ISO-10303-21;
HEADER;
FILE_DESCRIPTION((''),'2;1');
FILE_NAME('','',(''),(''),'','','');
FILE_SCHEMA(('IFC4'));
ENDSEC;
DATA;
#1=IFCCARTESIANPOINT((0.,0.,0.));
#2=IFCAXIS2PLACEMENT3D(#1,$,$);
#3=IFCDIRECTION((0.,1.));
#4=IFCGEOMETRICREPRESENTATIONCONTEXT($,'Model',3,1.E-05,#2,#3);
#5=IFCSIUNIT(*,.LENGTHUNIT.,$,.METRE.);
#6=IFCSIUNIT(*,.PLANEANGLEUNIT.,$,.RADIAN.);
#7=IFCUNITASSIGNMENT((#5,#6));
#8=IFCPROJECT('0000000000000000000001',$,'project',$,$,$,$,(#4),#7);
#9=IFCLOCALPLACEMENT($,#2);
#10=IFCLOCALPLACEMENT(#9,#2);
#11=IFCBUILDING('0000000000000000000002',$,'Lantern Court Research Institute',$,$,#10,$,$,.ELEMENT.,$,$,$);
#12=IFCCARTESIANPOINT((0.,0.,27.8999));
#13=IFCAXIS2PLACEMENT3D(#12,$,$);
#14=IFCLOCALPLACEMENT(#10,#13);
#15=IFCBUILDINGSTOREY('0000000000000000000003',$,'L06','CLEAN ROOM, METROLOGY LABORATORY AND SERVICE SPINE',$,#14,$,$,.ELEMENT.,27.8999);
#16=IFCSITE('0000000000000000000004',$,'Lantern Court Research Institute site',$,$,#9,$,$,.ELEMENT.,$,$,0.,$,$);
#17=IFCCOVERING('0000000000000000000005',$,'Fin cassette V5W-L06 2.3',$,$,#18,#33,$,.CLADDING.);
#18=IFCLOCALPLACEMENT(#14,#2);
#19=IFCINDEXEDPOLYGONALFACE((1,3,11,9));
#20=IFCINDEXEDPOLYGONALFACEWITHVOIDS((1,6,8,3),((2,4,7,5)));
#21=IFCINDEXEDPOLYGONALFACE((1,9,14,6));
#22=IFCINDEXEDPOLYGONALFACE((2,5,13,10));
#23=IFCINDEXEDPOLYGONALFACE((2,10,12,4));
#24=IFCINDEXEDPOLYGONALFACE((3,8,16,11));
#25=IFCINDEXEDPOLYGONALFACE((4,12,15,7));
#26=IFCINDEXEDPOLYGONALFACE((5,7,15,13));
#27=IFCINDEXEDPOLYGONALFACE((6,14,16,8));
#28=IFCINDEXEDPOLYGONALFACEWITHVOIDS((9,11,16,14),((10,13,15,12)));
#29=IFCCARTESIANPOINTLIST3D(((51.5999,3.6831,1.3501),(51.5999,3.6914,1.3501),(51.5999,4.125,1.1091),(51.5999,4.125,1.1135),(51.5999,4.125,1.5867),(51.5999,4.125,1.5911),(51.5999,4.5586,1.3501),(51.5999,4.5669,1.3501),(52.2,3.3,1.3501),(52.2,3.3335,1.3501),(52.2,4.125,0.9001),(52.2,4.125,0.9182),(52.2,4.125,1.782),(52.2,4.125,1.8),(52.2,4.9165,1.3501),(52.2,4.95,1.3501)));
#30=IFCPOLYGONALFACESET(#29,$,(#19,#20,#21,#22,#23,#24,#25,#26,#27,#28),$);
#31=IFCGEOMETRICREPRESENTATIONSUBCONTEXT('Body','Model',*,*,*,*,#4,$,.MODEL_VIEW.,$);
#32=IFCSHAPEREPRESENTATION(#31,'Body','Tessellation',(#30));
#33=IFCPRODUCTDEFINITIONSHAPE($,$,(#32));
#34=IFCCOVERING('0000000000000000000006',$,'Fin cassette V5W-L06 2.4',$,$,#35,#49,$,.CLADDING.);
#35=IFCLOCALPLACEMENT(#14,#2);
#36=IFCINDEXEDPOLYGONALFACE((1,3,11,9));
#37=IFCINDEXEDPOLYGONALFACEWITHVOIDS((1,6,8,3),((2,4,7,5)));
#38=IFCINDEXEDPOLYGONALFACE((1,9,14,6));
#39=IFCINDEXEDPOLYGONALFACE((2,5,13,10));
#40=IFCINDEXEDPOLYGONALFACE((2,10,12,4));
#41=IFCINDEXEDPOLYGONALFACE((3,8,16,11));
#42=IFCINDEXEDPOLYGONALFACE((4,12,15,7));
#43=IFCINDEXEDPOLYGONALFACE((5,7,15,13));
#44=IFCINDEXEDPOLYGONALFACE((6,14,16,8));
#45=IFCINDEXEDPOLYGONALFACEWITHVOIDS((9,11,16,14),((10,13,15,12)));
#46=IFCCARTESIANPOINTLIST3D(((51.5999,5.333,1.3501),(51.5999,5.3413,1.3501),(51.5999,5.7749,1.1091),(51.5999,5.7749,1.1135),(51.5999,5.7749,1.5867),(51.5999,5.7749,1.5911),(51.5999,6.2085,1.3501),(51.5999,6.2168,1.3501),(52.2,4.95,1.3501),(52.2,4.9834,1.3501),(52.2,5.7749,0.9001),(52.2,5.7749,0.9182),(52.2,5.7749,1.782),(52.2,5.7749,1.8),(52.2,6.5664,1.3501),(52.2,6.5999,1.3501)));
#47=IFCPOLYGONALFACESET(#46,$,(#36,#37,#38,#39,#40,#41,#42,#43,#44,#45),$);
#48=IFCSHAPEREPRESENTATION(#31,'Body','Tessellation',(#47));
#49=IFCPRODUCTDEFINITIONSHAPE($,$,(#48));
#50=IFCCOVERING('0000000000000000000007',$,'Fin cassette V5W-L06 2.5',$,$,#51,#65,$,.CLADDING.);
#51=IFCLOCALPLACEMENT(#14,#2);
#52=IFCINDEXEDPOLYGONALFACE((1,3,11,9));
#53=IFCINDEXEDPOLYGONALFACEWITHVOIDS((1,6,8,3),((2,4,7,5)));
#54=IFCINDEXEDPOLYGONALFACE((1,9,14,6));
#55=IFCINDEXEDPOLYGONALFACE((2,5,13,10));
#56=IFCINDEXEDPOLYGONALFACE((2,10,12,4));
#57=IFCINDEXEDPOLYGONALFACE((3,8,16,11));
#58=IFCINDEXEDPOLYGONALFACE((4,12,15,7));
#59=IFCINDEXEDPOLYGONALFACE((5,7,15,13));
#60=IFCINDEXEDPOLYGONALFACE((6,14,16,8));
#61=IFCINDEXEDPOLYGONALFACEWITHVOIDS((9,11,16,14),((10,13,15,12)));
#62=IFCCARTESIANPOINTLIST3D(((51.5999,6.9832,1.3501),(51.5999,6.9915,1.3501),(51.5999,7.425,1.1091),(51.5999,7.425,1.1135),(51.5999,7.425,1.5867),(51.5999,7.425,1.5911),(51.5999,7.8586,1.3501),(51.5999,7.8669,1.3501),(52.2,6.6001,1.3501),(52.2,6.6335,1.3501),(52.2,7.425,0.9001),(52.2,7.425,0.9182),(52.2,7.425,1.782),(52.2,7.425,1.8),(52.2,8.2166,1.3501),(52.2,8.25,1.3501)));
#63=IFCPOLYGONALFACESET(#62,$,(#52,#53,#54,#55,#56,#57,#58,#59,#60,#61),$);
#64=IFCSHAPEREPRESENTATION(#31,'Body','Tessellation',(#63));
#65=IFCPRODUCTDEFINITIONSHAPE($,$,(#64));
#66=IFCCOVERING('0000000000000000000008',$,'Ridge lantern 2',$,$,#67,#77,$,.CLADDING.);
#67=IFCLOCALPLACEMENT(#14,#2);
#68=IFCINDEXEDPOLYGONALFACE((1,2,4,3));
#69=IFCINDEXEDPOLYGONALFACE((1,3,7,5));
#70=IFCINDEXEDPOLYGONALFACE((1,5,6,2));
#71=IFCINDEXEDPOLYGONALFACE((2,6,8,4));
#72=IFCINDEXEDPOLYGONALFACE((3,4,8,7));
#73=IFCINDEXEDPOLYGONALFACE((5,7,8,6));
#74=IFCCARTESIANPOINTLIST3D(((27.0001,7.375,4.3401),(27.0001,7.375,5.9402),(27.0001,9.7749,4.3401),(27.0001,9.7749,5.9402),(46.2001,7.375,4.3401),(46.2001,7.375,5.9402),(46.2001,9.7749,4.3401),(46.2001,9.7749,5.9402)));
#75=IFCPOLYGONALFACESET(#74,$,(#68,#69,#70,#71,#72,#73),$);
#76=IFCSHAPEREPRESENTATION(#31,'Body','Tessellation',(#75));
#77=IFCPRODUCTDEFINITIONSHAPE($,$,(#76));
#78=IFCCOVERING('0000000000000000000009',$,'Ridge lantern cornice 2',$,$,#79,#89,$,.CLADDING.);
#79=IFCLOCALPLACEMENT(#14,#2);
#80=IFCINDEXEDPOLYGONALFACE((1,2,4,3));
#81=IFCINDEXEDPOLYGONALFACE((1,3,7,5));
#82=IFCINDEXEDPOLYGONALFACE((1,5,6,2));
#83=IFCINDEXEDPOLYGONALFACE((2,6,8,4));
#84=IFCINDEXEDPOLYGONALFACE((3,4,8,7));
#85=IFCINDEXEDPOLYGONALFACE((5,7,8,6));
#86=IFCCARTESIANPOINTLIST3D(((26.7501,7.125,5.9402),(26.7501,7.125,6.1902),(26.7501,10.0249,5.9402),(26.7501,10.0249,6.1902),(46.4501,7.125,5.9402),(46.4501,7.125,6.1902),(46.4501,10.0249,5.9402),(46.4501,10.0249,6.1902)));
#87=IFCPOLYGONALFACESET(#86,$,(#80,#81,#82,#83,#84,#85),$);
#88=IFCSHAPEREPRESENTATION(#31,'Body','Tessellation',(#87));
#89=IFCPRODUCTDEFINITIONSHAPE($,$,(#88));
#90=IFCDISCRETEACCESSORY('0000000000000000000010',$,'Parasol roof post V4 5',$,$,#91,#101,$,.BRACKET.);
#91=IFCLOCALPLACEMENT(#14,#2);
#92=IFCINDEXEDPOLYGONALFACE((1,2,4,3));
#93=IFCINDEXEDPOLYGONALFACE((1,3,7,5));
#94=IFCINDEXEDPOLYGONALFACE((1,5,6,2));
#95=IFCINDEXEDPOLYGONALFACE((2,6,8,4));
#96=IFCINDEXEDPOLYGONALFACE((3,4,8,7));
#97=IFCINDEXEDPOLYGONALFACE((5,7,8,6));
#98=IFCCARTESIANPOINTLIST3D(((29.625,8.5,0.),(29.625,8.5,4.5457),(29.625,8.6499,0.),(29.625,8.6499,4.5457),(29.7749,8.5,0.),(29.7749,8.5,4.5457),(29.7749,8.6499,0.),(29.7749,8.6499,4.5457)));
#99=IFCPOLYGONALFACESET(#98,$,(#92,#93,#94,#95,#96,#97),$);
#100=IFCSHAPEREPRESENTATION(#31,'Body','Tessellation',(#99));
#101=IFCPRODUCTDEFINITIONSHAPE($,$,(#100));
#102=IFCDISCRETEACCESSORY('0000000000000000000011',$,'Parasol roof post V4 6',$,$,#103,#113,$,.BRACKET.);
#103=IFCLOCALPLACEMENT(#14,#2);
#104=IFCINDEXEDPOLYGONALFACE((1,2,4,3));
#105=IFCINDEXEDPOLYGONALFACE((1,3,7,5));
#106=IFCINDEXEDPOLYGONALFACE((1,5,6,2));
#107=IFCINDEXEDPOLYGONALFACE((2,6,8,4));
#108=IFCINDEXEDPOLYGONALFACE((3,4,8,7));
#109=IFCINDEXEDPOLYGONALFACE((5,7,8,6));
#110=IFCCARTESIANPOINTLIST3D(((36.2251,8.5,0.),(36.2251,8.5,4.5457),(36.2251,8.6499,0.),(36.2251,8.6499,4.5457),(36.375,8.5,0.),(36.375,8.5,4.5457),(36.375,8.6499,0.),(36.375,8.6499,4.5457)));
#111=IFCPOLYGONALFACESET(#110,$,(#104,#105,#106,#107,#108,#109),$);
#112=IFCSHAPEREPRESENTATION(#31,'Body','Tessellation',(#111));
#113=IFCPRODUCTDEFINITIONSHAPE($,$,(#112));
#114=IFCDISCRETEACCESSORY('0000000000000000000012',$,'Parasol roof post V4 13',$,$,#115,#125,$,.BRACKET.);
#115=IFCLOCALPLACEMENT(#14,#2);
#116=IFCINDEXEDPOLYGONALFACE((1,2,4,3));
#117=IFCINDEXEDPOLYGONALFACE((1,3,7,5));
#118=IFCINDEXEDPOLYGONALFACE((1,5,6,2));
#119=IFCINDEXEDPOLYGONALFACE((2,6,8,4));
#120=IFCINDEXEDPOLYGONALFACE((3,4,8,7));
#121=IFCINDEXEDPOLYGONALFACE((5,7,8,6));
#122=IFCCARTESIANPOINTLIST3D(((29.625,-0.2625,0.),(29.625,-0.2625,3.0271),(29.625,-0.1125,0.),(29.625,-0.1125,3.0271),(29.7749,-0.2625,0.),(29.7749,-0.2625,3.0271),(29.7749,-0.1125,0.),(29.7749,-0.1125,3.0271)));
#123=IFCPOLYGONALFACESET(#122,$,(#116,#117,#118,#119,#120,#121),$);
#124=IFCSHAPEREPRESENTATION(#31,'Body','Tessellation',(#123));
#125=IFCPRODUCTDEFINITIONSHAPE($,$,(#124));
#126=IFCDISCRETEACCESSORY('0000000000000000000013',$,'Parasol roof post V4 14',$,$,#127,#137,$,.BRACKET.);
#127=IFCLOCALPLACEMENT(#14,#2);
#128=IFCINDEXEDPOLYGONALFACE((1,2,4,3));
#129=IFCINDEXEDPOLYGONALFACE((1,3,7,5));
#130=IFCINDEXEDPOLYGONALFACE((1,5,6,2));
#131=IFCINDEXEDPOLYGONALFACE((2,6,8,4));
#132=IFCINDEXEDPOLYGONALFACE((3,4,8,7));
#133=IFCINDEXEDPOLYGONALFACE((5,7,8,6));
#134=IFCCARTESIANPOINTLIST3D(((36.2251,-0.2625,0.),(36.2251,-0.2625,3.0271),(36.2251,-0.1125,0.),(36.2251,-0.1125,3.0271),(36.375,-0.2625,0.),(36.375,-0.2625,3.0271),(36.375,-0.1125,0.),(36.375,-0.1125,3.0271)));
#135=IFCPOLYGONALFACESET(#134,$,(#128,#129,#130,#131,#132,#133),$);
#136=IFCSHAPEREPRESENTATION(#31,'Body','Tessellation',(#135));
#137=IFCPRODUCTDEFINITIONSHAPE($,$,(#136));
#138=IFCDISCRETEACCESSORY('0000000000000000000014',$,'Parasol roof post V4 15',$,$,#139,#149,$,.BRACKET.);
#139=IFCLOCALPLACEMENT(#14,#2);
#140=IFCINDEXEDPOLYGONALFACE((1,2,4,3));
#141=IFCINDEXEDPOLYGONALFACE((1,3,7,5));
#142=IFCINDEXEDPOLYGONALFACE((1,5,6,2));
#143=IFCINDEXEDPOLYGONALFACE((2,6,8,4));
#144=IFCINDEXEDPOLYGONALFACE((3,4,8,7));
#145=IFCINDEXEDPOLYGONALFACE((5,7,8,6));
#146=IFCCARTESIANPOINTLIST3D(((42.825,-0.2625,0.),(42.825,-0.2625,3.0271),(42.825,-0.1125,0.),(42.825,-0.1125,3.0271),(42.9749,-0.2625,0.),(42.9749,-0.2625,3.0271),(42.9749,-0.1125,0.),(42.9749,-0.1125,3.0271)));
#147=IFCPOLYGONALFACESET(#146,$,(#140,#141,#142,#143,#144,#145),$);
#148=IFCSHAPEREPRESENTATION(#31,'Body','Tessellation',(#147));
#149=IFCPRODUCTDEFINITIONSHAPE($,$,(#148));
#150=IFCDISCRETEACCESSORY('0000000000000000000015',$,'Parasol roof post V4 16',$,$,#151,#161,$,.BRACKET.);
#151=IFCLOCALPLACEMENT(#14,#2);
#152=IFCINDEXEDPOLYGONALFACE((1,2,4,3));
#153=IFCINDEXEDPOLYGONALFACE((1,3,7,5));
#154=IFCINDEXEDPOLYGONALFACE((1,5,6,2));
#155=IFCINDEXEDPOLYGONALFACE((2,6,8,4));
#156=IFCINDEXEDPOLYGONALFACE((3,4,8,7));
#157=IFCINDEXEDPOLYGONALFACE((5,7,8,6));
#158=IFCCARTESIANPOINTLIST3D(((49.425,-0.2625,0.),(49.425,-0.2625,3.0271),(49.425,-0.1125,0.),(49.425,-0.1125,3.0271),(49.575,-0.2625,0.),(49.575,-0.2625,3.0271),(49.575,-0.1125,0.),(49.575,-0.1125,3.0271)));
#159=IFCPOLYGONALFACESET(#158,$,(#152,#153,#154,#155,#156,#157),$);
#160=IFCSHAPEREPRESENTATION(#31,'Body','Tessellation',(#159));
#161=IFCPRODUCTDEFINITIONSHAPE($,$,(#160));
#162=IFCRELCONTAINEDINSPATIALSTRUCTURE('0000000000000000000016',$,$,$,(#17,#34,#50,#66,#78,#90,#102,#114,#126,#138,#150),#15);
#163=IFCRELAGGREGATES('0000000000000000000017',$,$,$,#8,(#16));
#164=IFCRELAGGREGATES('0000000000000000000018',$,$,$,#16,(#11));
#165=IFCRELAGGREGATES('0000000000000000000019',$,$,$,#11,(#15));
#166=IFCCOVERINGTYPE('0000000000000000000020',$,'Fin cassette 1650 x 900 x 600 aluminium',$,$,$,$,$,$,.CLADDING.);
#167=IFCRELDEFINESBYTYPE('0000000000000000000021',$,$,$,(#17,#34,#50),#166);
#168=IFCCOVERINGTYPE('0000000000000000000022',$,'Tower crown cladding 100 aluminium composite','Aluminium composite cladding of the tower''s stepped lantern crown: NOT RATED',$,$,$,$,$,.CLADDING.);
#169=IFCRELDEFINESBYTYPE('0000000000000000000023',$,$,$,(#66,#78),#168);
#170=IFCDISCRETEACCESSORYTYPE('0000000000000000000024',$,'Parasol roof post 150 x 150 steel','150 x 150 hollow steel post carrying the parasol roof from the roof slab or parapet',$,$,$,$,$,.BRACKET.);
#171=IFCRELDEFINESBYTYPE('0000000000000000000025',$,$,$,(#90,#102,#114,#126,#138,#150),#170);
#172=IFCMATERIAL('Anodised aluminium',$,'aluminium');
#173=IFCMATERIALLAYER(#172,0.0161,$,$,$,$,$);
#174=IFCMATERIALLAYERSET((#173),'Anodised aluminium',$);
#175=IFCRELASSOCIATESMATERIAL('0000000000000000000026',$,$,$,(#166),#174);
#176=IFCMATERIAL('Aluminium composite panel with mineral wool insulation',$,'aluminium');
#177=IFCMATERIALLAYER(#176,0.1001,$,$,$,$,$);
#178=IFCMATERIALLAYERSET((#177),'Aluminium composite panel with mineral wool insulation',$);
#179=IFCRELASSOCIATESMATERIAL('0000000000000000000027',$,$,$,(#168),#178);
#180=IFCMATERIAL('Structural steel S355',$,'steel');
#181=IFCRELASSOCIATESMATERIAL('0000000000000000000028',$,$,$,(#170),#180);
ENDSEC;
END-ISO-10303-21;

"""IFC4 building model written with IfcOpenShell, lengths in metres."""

from ifc_helpers import new_model, entity, si_unit, direction, frame, origin, origin_2d, place, context, subcontext, project, spatial, rectangle, extrude, material, layer, layer_set, type_object, element, save


model = new_model("IFC4")

# Units and contexts
model_context = context("Model", 3, precision=1e-05, world=origin(), true_north=direction((0.0, 1.0)))
body_context = subcontext(model_context, "Body", "Model", "MODEL_VIEW")
ifc_project = project(units=[si_unit("LENGTHUNIT", "METRE"), si_unit("PLANEANGLEUNIT", "RADIAN")], contexts=[model_context])

# Site, building, storey
site_placement = place(None, origin())
site = spatial("IfcSite", under=ifc_project, at=site_placement, Name="Lantern Court Research Institute site", CompositionType="ELEMENT", RefElevation=0.0)
building_placement = place(site_placement, origin())
building = spatial("IfcBuilding", under=site, at=building_placement, Name="Lantern Court Research Institute", CompositionType="ELEMENT")
storey_placement = place(building_placement, frame((0.0, 0.0, 27.8999)))
storey = spatial("IfcBuildingStorey", under=building, at=storey_placement, Name="L06", Description="CLEAN ROOM, METROLOGY LABORATORY AND SERVICE SPINE", CompositionType="ELEMENT", Elevation=27.8999)

# Coverings
ifc_material_1 = material(Name="Anodised aluminium", Category="aluminium")
ifc_layer_1 = layer(ifc_material_1, 0.0161)
ifc_layer_set_1 = layer_set([ifc_layer_1], Name="Anodised aluminium")
covering_type_1 = type_object("IfcCoveringType", Name="Fin cassette 1650 x 900 x 600 aluminium", PredefinedType="CLADDING", material=ifc_layer_set_1)
covering_1_placement = place(storey_placement, frame((52.2, 4.125, 1.3501), z_axis=(-1.0, 0.0, 0.0), x_axis=(0.0, -1.0, 0.0)))
cartesian_point_1 = entity("IfcCartesianPoint", [0.825, 0.0])
cartesian_point_2 = entity("IfcCartesianPoint", [0.7915, 0.0])
cartesian_point_3 = entity("IfcCartesianPoint", [0.4419, 0.0])
cartesian_point_4 = entity("IfcCartesianPoint", [0.4336, 0.0])
element("IfcCovering", 1, at=covering_1_placement, inside=storey, type_object=covering_type_1, Name="Fin cassette V5W-L06 2.3", PredefinedType="CLADDING", context=body_context, shape_type="SweptSolid", body=[
    entity("IfcExtrudedAreaSolidTapered", entity("IfcArbitraryProfileDefWithVoids", "AREA", None, entity("IfcPolyline", [cartesian_point_1, entity("IfcCartesianPoint", [0.0, 0.45]), entity("IfcCartesianPoint", [-0.825, 0.0]), entity("IfcCartesianPoint", [0.0, -0.45]), cartesian_point_1]), [entity("IfcPolyline", [cartesian_point_2, entity("IfcCartesianPoint", [0.0, 0.4319]), entity("IfcCartesianPoint", [-0.7915, 0.0]), entity("IfcCartesianPoint", [0.0, -0.4319]), cartesian_point_2])]), entity("IfcAxis2Placement3D", entity("IfcCartesianPoint", [0.0, 0.0, 0.0])), entity("IfcDirection", [0.0, 0.0, 1.0]), 0.6001, entity("IfcArbitraryProfileDefWithVoids", "AREA", None, entity("IfcPolyline", [cartesian_point_3, entity("IfcCartesianPoint", [0.0, 0.241]), entity("IfcCartesianPoint", [-0.4419, 0.0]), entity("IfcCartesianPoint", [0.0, -0.241]), cartesian_point_3]), [entity("IfcPolyline", [cartesian_point_4, entity("IfcCartesianPoint", [0.0, 0.2366]), entity("IfcCartesianPoint", [-0.4336, 0.0]), entity("IfcCartesianPoint", [0.0, -0.2366]), cartesian_point_4])])),
])
covering_2_placement = place(storey_placement, frame((52.2, 5.7749, 1.3501), z_axis=(-1.0, 0.0, 0.0), x_axis=(0.0, -1.0, 0.0)))
cartesian_point_5 = entity("IfcCartesianPoint", [0.825, 0.0])
cartesian_point_6 = entity("IfcCartesianPoint", [0.7915, 0.0])
cartesian_point_7 = entity("IfcCartesianPoint", [0.4419, 0.0])
cartesian_point_8 = entity("IfcCartesianPoint", [0.4336, 0.0])
element("IfcCovering", 2, at=covering_2_placement, inside=storey, type_object=covering_type_1, Name="Fin cassette V5W-L06 2.4", PredefinedType="CLADDING", context=body_context, shape_type="SweptSolid", body=[
    entity("IfcExtrudedAreaSolidTapered", entity("IfcArbitraryProfileDefWithVoids", "AREA", None, entity("IfcPolyline", [cartesian_point_5, entity("IfcCartesianPoint", [0.0, 0.45]), entity("IfcCartesianPoint", [-0.825, 0.0]), entity("IfcCartesianPoint", [0.0, -0.45]), cartesian_point_5]), [entity("IfcPolyline", [cartesian_point_6, entity("IfcCartesianPoint", [0.0, 0.4319]), entity("IfcCartesianPoint", [-0.7915, 0.0]), entity("IfcCartesianPoint", [0.0, -0.4319]), cartesian_point_6])]), entity("IfcAxis2Placement3D", entity("IfcCartesianPoint", [0.0, 0.0, 0.0])), entity("IfcDirection", [0.0, 0.0, 1.0]), 0.6001, entity("IfcArbitraryProfileDefWithVoids", "AREA", None, entity("IfcPolyline", [cartesian_point_7, entity("IfcCartesianPoint", [0.0, 0.241]), entity("IfcCartesianPoint", [-0.4419, 0.0]), entity("IfcCartesianPoint", [0.0, -0.241]), cartesian_point_7]), [entity("IfcPolyline", [cartesian_point_8, entity("IfcCartesianPoint", [0.0, 0.2366]), entity("IfcCartesianPoint", [-0.4336, 0.0]), entity("IfcCartesianPoint", [0.0, -0.2366]), cartesian_point_8])])),
])
covering_3_placement = place(storey_placement, frame((52.2, 7.425, 1.3501), z_axis=(-1.0, 0.0, 0.0), x_axis=(0.0, -1.0, 0.0)))
cartesian_point_9 = entity("IfcCartesianPoint", [0.825, 0.0])
cartesian_point_10 = entity("IfcCartesianPoint", [0.7915, 0.0])
cartesian_point_11 = entity("IfcCartesianPoint", [0.4419, 0.0])
cartesian_point_12 = entity("IfcCartesianPoint", [0.4336, 0.0])
element("IfcCovering", 3, at=covering_3_placement, inside=storey, type_object=covering_type_1, Name="Fin cassette V5W-L06 2.5", PredefinedType="CLADDING", context=body_context, shape_type="SweptSolid", body=[
    entity("IfcExtrudedAreaSolidTapered", entity("IfcArbitraryProfileDefWithVoids", "AREA", None, entity("IfcPolyline", [cartesian_point_9, entity("IfcCartesianPoint", [0.0, 0.45]), entity("IfcCartesianPoint", [-0.825, 0.0]), entity("IfcCartesianPoint", [0.0, -0.45]), cartesian_point_9]), [entity("IfcPolyline", [cartesian_point_10, entity("IfcCartesianPoint", [0.0, 0.4319]), entity("IfcCartesianPoint", [-0.7915, 0.0]), entity("IfcCartesianPoint", [0.0, -0.4319]), cartesian_point_10])]), entity("IfcAxis2Placement3D", entity("IfcCartesianPoint", [0.0, 0.0, 0.0])), entity("IfcDirection", [0.0, 0.0, 1.0]), 0.6001, entity("IfcArbitraryProfileDefWithVoids", "AREA", None, entity("IfcPolyline", [cartesian_point_11, entity("IfcCartesianPoint", [0.0, 0.241]), entity("IfcCartesianPoint", [-0.4419, 0.0]), entity("IfcCartesianPoint", [0.0, -0.241]), cartesian_point_11]), [entity("IfcPolyline", [cartesian_point_12, entity("IfcCartesianPoint", [0.0, 0.2366]), entity("IfcCartesianPoint", [-0.4336, 0.0]), entity("IfcCartesianPoint", [0.0, -0.2366]), cartesian_point_12])])),
])
ifc_material_2 = material(Name="Aluminium composite panel with mineral wool insulation", Category="aluminium")
ifc_layer_2 = layer(ifc_material_2, 0.1001)
ifc_layer_set_2 = layer_set([ifc_layer_2], Name="Aluminium composite panel with mineral wool insulation")
covering_type_2 = type_object("IfcCoveringType", Name="Tower crown cladding 100 aluminium composite", Description="Aluminium composite cladding of the tower's stepped lantern crown: NOT RATED", PredefinedType="CLADDING", material=ifc_layer_set_2)
covering_4_placement = place(storey_placement, frame((36.6001, 8.575, 4.3401), z_axis=(0.0, 0.0, 1.0), x_axis=(1.0, 0.0, 0.0)))
element("IfcCovering", 4, at=covering_4_placement, inside=storey, type_object=covering_type_2, Name="Ridge lantern 2", PredefinedType="CLADDING", context=body_context, shape_type="SweptSolid", body=[
    extrude(rectangle(XDim=19.2, YDim=2.3999, at=origin_2d()), origin(), (0.0, 0.0, 1.0), 1.6001),
])
covering_5_placement = place(storey_placement, frame((36.6001, 8.575, 5.9402), z_axis=(0.0, 0.0, 1.0), x_axis=(1.0, 0.0, 0.0)))
element("IfcCovering", 5, at=covering_5_placement, inside=storey, type_object=covering_type_2, Name="Ridge lantern cornice 2", PredefinedType="CLADDING", context=body_context, shape_type="SweptSolid", body=[
    extrude(rectangle(XDim=19.7, YDim=2.8999, at=origin_2d()), origin(), (0.0, 0.0, 1.0), 0.25),
])

# Discrete accessories
ifc_material_3 = material(Name="Structural steel S355", Category="steel")
discrete_accessory_type = type_object("IfcDiscreteAccessoryType", Name="Parasol roof post 150 x 150 steel", Description="150 x 150 hollow steel post carrying the parasol roof from the roof slab or parapet", PredefinedType="BRACKET", material=ifc_material_3)
for number, where, z_axis, x_axis, name in (
    (6, (29.7, 8.575, 0.0), (0.0, 0.0, 1.0), (1.0, 0.0, 0.0), "Parasol roof post V4 5"),
    (7, (36.3, 8.575, 0.0), (0.0, 0.0, 1.0), (1.0, 0.0, 0.0), "Parasol roof post V4 6"),
):
    element("IfcDiscreteAccessory", number, at=place(storey_placement, frame(where, z_axis=z_axis, x_axis=x_axis)), inside=storey, type_object=discrete_accessory_type, Name=name, PredefinedType="BRACKET", context=body_context, shape_type="SweptSolid", body=[
        extrude(rectangle(XDim=0.1499, YDim=0.1499, at=origin_2d()), origin(), (0.0, 0.0, 1.0), 4.5457),
    ])
for number, where, z_axis, x_axis, name in (
    (8, (29.7, -0.1875, 0.0), (0.0, 0.0, 1.0), (1.0, 0.0, 0.0), "Parasol roof post V4 13"),
    (9, (36.3, -0.1875, 0.0), (0.0, 0.0, 1.0), (1.0, 0.0, 0.0), "Parasol roof post V4 14"),
    (10, (42.8999, -0.1875, 0.0), (0.0, 0.0, 1.0), (1.0, 0.0, 0.0), "Parasol roof post V4 15"),
    (11, (49.5, -0.1875, 0.0), (0.0, 0.0, 1.0), (1.0, 0.0, 0.0), "Parasol roof post V4 16"),
):
    element("IfcDiscreteAccessory", number, at=place(storey_placement, frame(where, z_axis=z_axis, x_axis=x_axis)), inside=storey, type_object=discrete_accessory_type, Name=name, PredefinedType="BRACKET", context=body_context, shape_type="SweptSolid", body=[
        extrude(rectangle(XDim=0.1499, YDim=0.1499, at=origin_2d()), origin(), (0.0, 0.0, 1.0), 3.0271),
    ])

save(model, "model.ifc")
